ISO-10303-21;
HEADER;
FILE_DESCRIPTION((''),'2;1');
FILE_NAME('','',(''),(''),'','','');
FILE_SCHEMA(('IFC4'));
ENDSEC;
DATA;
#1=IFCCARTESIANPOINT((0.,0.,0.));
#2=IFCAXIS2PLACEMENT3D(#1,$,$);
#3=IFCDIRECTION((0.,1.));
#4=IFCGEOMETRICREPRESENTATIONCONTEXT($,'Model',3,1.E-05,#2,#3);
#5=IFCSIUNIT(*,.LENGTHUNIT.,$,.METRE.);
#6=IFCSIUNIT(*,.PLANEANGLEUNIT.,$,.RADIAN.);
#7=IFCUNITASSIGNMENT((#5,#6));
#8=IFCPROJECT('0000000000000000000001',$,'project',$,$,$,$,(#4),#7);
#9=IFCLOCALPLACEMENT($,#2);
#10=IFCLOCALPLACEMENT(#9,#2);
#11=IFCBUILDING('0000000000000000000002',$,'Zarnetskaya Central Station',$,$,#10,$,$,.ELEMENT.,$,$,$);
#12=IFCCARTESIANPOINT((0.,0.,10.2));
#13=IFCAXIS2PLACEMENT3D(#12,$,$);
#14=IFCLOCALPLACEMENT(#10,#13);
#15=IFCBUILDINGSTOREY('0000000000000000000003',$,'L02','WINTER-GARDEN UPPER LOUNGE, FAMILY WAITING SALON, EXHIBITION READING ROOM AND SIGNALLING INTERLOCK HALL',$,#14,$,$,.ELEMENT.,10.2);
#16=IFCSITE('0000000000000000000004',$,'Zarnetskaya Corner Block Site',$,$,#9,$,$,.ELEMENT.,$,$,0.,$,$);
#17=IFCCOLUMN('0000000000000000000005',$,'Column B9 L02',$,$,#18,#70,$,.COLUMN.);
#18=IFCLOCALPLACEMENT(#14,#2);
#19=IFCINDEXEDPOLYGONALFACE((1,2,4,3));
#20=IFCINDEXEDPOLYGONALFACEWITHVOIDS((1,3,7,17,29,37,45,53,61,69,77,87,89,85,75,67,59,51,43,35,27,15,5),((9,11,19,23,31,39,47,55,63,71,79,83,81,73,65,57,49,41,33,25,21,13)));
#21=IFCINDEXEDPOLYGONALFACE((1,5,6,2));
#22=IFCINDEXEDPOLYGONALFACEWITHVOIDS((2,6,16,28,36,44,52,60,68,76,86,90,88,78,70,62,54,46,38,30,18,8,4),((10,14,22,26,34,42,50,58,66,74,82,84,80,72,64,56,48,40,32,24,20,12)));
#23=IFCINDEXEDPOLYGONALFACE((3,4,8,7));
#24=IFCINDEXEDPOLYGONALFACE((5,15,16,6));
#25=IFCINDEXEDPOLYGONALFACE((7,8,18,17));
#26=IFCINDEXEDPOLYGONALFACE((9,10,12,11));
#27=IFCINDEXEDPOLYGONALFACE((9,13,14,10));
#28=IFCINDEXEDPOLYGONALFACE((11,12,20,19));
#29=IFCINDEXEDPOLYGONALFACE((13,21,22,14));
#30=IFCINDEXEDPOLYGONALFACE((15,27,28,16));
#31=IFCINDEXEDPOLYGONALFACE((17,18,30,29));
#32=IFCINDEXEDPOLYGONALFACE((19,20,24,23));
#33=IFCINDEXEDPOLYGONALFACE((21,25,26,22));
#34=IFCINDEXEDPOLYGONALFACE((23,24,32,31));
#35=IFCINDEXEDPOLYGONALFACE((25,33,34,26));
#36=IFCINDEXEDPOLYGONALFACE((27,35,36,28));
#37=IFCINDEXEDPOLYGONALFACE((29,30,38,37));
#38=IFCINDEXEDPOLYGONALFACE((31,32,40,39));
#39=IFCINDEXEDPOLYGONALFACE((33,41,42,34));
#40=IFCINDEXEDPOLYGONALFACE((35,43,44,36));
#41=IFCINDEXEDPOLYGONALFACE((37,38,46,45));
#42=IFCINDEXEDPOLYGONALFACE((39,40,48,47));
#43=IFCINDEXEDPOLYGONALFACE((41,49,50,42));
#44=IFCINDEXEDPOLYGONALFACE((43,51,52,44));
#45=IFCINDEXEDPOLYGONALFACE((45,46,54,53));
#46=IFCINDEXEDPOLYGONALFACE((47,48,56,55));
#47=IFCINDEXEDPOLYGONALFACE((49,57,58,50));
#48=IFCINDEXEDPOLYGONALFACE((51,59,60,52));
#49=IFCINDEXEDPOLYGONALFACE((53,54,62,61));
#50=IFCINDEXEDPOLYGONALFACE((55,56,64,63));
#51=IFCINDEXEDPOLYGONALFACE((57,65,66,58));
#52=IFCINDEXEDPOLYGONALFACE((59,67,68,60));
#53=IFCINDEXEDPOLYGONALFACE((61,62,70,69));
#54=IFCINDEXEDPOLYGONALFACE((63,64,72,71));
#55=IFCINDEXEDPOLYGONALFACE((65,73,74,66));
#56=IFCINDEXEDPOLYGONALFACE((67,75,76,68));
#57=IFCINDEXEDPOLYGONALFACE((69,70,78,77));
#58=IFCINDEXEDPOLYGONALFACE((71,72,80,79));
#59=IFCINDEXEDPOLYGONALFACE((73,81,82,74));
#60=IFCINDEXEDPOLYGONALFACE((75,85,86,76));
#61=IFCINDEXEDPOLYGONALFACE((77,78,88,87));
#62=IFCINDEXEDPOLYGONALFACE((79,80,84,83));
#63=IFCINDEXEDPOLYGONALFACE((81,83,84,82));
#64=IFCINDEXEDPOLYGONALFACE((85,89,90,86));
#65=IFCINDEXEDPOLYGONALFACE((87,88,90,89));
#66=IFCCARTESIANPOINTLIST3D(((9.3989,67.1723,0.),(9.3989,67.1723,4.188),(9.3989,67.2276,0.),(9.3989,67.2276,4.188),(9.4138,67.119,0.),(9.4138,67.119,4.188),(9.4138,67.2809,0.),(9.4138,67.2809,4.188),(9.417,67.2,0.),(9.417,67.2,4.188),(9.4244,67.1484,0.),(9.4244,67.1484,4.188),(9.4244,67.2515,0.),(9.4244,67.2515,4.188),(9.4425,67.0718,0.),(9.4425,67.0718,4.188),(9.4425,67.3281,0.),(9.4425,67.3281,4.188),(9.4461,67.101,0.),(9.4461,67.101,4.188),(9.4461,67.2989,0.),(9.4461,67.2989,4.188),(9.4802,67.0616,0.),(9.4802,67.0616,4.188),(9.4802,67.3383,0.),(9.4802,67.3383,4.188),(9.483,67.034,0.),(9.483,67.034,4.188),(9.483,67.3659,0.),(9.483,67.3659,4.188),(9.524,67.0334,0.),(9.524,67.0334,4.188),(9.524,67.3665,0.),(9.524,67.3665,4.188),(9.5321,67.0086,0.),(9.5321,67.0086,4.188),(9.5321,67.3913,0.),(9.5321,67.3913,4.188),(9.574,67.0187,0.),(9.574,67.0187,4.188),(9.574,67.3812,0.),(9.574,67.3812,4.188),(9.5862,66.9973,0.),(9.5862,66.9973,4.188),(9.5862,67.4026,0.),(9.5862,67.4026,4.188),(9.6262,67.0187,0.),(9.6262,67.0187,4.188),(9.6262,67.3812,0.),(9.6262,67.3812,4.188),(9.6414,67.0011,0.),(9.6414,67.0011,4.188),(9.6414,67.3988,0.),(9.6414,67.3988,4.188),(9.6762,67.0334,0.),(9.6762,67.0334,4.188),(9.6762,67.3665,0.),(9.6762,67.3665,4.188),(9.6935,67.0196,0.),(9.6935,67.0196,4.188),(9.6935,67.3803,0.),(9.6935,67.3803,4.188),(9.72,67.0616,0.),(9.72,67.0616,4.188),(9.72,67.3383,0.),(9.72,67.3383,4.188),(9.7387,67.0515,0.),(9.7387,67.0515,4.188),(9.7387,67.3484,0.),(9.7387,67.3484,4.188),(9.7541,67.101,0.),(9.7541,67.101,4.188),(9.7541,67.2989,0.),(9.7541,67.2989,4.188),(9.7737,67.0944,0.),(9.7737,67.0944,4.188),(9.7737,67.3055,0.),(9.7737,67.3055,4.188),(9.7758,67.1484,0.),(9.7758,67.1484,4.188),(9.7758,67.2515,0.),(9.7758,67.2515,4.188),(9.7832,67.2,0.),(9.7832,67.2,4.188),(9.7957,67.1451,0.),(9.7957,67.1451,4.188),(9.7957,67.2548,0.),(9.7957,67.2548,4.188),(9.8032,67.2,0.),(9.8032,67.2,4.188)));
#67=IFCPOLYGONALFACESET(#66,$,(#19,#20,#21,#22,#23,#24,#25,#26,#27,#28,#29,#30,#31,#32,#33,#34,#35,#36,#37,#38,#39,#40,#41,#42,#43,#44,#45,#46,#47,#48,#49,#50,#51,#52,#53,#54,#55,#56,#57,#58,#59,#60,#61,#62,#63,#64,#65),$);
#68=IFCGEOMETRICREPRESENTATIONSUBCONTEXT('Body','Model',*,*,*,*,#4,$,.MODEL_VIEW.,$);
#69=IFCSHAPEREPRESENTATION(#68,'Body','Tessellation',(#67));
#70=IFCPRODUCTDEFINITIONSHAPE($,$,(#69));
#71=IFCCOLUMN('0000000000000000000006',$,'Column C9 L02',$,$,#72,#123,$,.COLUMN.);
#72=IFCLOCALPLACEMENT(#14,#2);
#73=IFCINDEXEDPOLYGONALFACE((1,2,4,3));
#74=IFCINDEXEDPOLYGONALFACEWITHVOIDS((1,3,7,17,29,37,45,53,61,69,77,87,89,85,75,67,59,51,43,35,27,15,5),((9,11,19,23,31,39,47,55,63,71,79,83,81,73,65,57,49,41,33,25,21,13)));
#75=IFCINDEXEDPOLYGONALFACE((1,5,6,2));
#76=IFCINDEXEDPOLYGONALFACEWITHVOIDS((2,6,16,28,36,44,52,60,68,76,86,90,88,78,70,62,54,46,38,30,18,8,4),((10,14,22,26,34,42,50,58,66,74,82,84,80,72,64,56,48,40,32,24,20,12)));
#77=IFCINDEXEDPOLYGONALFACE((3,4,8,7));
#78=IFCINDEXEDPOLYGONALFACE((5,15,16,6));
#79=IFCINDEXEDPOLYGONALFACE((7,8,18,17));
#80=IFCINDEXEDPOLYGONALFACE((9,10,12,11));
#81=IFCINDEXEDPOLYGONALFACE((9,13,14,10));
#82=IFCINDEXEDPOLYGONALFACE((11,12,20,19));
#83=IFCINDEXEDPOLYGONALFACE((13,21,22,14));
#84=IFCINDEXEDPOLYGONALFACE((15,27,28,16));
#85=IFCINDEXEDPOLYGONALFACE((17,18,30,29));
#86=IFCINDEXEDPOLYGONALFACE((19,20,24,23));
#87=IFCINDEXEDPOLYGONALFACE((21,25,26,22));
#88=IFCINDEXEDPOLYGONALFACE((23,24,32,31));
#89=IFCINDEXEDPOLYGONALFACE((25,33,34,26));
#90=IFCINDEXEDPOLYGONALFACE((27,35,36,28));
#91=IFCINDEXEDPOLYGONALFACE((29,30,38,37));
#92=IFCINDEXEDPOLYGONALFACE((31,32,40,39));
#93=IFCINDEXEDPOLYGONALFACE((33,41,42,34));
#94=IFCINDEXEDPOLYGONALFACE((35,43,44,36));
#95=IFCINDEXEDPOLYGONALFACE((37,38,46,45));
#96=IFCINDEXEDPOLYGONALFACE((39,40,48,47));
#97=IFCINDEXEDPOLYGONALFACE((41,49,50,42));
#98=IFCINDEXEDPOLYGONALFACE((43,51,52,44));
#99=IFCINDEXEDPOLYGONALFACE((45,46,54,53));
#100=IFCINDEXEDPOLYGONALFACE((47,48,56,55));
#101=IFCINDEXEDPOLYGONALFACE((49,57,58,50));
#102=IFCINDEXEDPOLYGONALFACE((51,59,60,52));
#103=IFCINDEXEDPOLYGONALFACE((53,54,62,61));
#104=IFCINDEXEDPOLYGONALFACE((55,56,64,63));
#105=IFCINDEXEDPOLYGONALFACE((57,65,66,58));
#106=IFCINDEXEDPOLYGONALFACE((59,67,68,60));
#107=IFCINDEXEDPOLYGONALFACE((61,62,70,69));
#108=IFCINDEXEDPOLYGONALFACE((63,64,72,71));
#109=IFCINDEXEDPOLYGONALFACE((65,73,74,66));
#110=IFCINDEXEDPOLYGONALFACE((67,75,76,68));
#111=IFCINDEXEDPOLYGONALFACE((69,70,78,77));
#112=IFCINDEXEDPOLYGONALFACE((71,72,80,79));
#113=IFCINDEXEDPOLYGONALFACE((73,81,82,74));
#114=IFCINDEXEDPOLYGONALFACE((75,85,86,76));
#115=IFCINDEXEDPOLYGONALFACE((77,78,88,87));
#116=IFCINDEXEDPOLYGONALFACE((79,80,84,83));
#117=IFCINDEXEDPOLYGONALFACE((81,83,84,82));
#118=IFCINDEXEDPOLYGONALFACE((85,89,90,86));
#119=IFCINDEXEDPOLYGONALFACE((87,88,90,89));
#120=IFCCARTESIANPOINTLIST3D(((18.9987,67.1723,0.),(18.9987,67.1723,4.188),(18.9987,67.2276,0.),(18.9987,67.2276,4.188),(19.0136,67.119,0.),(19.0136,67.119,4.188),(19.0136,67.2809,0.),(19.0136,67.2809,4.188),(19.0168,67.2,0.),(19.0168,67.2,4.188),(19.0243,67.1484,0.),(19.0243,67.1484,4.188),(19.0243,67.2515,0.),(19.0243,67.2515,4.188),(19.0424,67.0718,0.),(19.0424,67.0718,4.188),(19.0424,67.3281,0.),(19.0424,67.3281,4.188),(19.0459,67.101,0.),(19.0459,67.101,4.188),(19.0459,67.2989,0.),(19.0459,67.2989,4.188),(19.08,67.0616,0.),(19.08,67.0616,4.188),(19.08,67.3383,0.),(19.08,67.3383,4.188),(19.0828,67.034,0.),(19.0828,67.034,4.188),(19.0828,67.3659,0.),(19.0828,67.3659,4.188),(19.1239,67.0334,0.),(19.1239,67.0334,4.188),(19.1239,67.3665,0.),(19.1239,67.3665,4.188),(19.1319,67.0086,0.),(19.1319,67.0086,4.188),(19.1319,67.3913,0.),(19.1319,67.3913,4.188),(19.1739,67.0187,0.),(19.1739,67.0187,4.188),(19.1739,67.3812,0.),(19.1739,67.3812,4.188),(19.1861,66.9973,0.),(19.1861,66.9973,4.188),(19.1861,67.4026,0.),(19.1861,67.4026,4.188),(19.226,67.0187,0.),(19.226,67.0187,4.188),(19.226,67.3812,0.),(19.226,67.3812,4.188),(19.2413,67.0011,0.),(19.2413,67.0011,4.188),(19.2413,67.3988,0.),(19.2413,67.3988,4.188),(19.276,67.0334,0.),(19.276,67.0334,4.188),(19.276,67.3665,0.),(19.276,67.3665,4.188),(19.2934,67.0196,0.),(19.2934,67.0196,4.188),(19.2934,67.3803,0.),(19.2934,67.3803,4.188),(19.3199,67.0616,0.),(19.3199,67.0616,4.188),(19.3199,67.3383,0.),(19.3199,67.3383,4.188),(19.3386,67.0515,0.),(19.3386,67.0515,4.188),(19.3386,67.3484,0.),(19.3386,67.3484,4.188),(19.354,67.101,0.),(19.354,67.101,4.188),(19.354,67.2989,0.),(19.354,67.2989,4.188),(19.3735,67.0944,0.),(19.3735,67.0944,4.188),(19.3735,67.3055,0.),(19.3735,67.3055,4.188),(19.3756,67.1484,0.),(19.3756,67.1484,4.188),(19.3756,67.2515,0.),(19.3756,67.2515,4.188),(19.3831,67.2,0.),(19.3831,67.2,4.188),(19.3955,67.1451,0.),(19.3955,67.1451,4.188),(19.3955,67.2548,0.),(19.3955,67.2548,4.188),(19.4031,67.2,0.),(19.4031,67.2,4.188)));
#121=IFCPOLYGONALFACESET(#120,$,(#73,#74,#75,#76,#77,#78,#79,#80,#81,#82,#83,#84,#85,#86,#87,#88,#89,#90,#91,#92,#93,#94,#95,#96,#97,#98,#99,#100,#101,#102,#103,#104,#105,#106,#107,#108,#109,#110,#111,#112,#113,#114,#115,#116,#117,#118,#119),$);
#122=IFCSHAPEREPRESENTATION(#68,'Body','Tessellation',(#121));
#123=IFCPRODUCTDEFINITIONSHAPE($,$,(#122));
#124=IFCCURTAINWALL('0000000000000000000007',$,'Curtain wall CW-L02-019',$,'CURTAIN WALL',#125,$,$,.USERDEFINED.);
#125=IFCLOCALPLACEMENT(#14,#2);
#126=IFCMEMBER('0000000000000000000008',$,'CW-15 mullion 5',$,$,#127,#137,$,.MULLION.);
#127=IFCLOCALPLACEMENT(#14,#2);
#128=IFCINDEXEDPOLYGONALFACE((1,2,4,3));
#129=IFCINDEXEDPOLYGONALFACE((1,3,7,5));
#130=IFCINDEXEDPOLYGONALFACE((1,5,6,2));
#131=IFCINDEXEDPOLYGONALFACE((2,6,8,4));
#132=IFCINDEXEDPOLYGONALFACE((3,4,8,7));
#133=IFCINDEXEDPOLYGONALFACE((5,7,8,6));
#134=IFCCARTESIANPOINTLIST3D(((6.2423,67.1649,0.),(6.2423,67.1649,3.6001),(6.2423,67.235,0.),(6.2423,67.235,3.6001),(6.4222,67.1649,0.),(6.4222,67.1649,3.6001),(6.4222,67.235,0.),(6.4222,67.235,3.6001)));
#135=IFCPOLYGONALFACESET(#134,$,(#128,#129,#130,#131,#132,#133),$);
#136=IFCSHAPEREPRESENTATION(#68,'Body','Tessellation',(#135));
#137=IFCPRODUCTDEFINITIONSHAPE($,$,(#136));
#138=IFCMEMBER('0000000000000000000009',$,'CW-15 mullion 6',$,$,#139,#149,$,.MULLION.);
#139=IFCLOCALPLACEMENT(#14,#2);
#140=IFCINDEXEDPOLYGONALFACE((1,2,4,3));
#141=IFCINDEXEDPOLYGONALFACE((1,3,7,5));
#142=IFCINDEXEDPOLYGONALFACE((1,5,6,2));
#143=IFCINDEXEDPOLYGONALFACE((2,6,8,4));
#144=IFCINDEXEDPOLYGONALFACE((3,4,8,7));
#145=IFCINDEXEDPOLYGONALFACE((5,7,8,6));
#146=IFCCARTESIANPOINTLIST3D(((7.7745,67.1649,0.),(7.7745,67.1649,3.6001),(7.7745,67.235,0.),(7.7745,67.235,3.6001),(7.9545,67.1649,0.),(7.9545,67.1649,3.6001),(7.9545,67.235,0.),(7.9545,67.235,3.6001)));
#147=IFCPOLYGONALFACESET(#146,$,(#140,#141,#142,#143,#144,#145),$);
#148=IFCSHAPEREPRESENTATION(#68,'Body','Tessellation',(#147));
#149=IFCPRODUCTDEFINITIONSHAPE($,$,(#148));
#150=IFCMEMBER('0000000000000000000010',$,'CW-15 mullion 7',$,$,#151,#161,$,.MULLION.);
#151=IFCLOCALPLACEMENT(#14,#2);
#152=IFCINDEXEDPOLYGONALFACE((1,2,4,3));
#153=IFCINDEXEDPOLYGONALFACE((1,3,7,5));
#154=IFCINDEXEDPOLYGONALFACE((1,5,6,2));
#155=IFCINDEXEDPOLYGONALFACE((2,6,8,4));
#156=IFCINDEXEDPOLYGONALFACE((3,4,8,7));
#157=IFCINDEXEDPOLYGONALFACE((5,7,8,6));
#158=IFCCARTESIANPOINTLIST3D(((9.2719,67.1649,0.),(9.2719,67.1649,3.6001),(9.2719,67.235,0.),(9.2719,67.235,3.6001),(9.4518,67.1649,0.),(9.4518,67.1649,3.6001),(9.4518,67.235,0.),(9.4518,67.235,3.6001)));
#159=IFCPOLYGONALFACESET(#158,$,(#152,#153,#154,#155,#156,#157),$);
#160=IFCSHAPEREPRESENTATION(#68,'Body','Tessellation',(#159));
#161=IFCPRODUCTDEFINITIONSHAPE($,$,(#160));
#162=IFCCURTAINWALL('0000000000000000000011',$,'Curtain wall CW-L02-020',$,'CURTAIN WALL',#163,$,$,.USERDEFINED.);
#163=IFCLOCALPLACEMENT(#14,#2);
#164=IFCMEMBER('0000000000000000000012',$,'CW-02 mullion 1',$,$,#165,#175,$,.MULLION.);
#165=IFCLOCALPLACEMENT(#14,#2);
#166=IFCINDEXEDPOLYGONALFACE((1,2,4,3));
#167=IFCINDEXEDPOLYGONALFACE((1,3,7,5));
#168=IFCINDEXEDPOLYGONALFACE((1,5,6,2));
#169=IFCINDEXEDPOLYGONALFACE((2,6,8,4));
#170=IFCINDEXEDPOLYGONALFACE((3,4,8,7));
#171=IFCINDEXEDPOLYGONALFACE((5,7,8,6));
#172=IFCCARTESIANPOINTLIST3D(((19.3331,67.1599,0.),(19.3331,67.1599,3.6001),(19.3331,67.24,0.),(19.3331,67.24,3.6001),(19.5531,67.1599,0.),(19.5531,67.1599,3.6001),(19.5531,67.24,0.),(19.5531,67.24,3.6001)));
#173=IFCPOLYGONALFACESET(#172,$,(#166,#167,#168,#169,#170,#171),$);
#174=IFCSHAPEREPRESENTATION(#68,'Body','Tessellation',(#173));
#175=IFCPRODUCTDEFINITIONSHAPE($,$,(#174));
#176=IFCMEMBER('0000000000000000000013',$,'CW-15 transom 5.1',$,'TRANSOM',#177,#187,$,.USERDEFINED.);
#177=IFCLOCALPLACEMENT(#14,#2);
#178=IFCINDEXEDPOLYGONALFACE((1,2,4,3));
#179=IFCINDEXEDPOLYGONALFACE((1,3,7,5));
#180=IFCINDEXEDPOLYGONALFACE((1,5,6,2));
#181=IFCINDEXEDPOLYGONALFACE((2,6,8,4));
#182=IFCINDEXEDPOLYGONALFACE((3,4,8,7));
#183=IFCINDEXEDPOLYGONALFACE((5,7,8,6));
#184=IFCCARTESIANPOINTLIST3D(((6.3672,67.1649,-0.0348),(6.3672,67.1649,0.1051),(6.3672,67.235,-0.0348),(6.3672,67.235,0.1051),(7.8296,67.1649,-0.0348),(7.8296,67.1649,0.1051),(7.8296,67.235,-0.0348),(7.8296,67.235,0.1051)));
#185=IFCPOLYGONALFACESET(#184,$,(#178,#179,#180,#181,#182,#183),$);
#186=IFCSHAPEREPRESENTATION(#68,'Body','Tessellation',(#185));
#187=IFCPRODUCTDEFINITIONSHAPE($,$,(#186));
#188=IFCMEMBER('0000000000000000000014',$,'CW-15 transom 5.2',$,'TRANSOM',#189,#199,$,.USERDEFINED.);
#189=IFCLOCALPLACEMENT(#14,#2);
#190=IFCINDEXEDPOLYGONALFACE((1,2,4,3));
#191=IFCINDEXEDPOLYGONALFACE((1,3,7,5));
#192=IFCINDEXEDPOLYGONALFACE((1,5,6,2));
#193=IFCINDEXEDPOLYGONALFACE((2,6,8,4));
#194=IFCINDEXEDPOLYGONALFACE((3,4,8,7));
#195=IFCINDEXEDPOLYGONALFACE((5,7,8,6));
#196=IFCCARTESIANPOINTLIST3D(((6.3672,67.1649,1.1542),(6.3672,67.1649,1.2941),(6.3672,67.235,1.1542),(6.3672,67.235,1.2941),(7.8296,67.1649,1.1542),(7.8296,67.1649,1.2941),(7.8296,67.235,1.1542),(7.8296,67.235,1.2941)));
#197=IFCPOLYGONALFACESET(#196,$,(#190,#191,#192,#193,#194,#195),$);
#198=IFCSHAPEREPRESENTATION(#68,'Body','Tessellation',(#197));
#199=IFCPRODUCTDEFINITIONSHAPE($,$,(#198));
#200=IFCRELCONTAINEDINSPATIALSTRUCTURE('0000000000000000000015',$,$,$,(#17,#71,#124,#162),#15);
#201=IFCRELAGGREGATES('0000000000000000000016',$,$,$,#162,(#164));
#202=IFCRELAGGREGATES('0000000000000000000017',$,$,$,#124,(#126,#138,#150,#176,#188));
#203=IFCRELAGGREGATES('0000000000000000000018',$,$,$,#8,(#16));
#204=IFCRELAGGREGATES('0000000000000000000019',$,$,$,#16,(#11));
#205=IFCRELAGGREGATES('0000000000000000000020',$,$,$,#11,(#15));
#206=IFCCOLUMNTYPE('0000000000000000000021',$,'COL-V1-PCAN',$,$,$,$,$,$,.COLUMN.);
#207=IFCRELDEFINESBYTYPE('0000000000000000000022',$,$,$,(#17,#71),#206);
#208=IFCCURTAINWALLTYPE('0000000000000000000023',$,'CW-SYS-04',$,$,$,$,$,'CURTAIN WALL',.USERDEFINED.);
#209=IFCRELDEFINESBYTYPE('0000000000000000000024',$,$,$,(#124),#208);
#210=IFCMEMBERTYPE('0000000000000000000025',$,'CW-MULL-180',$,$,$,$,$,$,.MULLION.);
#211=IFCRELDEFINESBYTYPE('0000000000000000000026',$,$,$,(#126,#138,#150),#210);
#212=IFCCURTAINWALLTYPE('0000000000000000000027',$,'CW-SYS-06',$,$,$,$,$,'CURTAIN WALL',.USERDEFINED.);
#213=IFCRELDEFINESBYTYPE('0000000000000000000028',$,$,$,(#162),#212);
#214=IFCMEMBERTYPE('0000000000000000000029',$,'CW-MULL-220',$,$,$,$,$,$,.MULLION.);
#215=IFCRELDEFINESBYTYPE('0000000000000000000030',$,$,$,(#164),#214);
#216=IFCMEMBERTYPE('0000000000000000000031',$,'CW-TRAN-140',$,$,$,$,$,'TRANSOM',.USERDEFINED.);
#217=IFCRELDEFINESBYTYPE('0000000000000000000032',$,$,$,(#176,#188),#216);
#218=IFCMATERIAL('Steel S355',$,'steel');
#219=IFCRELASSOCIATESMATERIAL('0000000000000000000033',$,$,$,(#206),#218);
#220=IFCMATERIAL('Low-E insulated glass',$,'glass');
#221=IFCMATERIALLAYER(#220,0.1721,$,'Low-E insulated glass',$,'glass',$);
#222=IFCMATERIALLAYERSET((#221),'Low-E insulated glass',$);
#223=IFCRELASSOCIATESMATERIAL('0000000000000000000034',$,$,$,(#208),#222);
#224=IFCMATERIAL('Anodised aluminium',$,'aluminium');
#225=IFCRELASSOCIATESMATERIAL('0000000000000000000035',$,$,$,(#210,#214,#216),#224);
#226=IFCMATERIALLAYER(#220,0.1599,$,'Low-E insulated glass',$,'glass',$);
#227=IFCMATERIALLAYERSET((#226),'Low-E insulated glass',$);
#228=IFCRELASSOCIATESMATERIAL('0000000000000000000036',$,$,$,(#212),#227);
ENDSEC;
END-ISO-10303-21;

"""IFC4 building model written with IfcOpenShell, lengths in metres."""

from ifc_helpers import new_model, si_unit, direction, frame, origin, origin_2d, place, context, subcontext, project, spatial, rectangle, hollow_circle, extrude, material, layer, layer_set, material_profile, profile_set, type_object, element, aggregate, save


model = new_model("IFC4")

# Units and contexts
model_context = context("Model", 3, precision=1e-05, world=origin(), true_north=direction((0.0, 1.0)))
body_context = subcontext(model_context, "Body", "Model", "MODEL_VIEW")
ifc_project = project(units=[si_unit("LENGTHUNIT", "METRE"), si_unit("PLANEANGLEUNIT", "RADIAN")], contexts=[model_context])

# Site, building, storey
site_placement = place(None, origin())
site = spatial("IfcSite", under=ifc_project, at=site_placement, Name="Zarnetskaya Corner Block Site", CompositionType="ELEMENT", RefElevation=0.0)
building_placement = place(site_placement, origin())
building = spatial("IfcBuilding", under=site, at=building_placement, Name="Zarnetskaya Central Station", CompositionType="ELEMENT")
storey_placement = place(building_placement, frame((0.0, 0.0, 10.2)))
storey = spatial("IfcBuildingStorey", under=building, at=storey_placement, Name="L02", Description="WINTER-GARDEN UPPER LOUNGE, FAMILY WAITING SALON, EXHIBITION READING ROOM AND SIGNALLING INTERLOCK HALL", CompositionType="ELEMENT", Elevation=10.2)

# Columns
ifc_material_1 = material(Name="Steel S355", Category="steel")
ifc_material_profile_1 = material_profile(ifc_material_1, hollow_circle(Radius=0.2031, WallThickness=0.02, at=origin_2d()), Name="CHS 406.4x20")
ifc_profile_set_1 = profile_set([ifc_material_profile_1], Name="Steel S355")
column_type = type_object("IfcColumnType", Name="COL-V1-PCAN", PredefinedType="COLUMN", material=ifc_profile_set_1)
for number, where, z_axis, x_axis, name in (
    (1, (9.6001, 67.2, 0.0), (0.0, 0.0, 1.0), (1.0, 0.0, 0.0), "Column B9 L02"),
    (2, (19.2, 67.2, 0.0), (0.0, 0.0, 1.0), (1.0, 0.0, 0.0), "Column C9 L02"),
):
    element("IfcColumn", number, at=place(storey_placement, frame(where, z_axis=z_axis, x_axis=x_axis)), inside=storey, type_object=column_type, Name=name, PredefinedType="COLUMN", context=body_context, shape_type="SweptSolid", body=[
        extrude(hollow_circle(Radius=0.2031, WallThickness=0.02, at=origin_2d()), origin(), (0.0, 0.0, 1.0), 4.188),
    ])

# Curtain wall, members
ifc_material_2 = material(Name="Low-E insulated glass", Category="glass")
ifc_layer_1 = layer(ifc_material_2, 0.1721, Name="Low-E insulated glass", Category="glass")
ifc_layer_set_1 = layer_set([ifc_layer_1], Name="Low-E insulated glass")
curtain_wall_type_1 = type_object("IfcCurtainWallType", Name="CW-SYS-04", ElementType="CURTAIN WALL", PredefinedType="USERDEFINED", material=ifc_layer_set_1)
curtain_wall_1_placement = place(storey_placement, origin())
curtain_wall_1 = element("IfcCurtainWall", 3, at=curtain_wall_1_placement, inside=storey, type_object=curtain_wall_type_1, Name="Curtain wall CW-L02-019", ObjectType="CURTAIN WALL", PredefinedType="USERDEFINED")
ifc_material_3 = material(Name="Anodised aluminium", Category="aluminium")
ifc_material_profile_2 = material_profile(ifc_material_3, rectangle(XDim=0.0701, YDim=0.1799, at=origin_2d()), Name="ALU MULL 70x180")
ifc_profile_set_2 = profile_set([ifc_material_profile_2], Name="Anodised aluminium")
member_type_1 = type_object("IfcMemberType", Name="CW-MULL-180", PredefinedType="MULLION", material=ifc_profile_set_2)
member_1_placement = place(storey_placement, frame((6.3323, 67.2, 0.0), z_axis=(0.0, 0.0, 1.0), x_axis=(0.0, 1.0, 0.0)))
member_1 = element("IfcMember", 4, at=member_1_placement, type_object=member_type_1, Name="CW-15 mullion 5", PredefinedType="MULLION", context=body_context, shape_type="SweptSolid", body=[
    extrude(rectangle(XDim=0.0701, YDim=0.1799, at=origin_2d()), origin(), (0.0, 0.0, 1.0), 3.6001),
])
member_2_placement = place(storey_placement, frame((7.8645, 67.2, 0.0), z_axis=(0.0, 0.0, 1.0), x_axis=(0.0, 1.0, 0.0)))
member_2 = element("IfcMember", 5, at=member_2_placement, type_object=member_type_1, Name="CW-15 mullion 6", PredefinedType="MULLION", context=body_context, shape_type="SweptSolid", body=[
    extrude(rectangle(XDim=0.0701, YDim=0.1799, at=origin_2d()), origin(), (0.0, 0.0, 1.0), 3.6001),
])
member_3_placement = place(storey_placement, frame((9.3618, 67.2, 0.0), z_axis=(0.0, 0.0, 1.0), x_axis=(0.0, 1.0, 0.0)))
member_3 = element("IfcMember", 6, at=member_3_placement, type_object=member_type_1, Name="CW-15 mullion 7", PredefinedType="MULLION", context=body_context, shape_type="SweptSolid", body=[
    extrude(rectangle(XDim=0.0701, YDim=0.1799, at=origin_2d()), origin(), (0.0, 0.0, 1.0), 3.6001),
])

# Curtain wall, member
ifc_layer_2 = layer(ifc_material_2, 0.1599, Name="Low-E insulated glass", Category="glass")
ifc_layer_set_2 = layer_set([ifc_layer_2], Name="Low-E insulated glass")
curtain_wall_type_2 = type_object("IfcCurtainWallType", Name="CW-SYS-06", ElementType="CURTAIN WALL", PredefinedType="USERDEFINED", material=ifc_layer_set_2)
curtain_wall_2_placement = place(storey_placement, origin())
curtain_wall_2 = element("IfcCurtainWall", 7, at=curtain_wall_2_placement, inside=storey, type_object=curtain_wall_type_2, Name="Curtain wall CW-L02-020", ObjectType="CURTAIN WALL", PredefinedType="USERDEFINED")
ifc_material_profile_3 = material_profile(ifc_material_3, rectangle(XDim=0.0801, YDim=0.22, at=origin_2d()), Name="ALU MULL 80x220")
ifc_profile_set_3 = profile_set([ifc_material_profile_3], Name="Anodised aluminium")
member_type_2 = type_object("IfcMemberType", Name="CW-MULL-220", PredefinedType="MULLION", material=ifc_profile_set_3)
member_4_placement = place(storey_placement, frame((19.4431, 67.2, 0.0), z_axis=(0.0, 0.0, 1.0), x_axis=(0.0, 1.0, 0.0)))
member_4 = element("IfcMember", 8, at=member_4_placement, type_object=member_type_2, Name="CW-02 mullion 1", PredefinedType="MULLION", context=body_context, shape_type="SweptSolid", body=[
    extrude(rectangle(XDim=0.0801, YDim=0.22, at=origin_2d()), origin(), (0.0, 0.0, 1.0), 3.6001),
])
aggregate(curtain_wall_2, [member_4])

# Members
ifc_material_profile_4 = material_profile(ifc_material_3, rectangle(XDim=0.0701, YDim=0.1399, at=origin_2d()), Name="ALU TRAN 70x140")
ifc_profile_set_4 = profile_set([ifc_material_profile_4], Name="Anodised aluminium")
member_type_3 = type_object("IfcMemberType", Name="CW-TRAN-140", ElementType="TRANSOM", PredefinedType="USERDEFINED", material=ifc_profile_set_4)
member_5_placement = place(storey_placement, frame((6.3672, 67.2, 0.0352), z_axis=(1.0, 0.0, 0.0), x_axis=(0.0, 1.0, 0.0)))
member_5 = element("IfcMember", 9, at=member_5_placement, type_object=member_type_3, Name="CW-15 transom 5.1", ObjectType="TRANSOM", PredefinedType="USERDEFINED", context=body_context, shape_type="SweptSolid", body=[
    extrude(rectangle(XDim=0.0701, YDim=0.1399, at=origin_2d()), origin(), (0.0, 0.0, 1.0), 1.4624),
])
member_6_placement = place(storey_placement, frame((6.3672, 67.2, 1.2241), z_axis=(1.0, 0.0, 0.0), x_axis=(0.0, 1.0, 0.0)))
member_6 = element("IfcMember", 10, at=member_6_placement, type_object=member_type_3, Name="CW-15 transom 5.2", ObjectType="TRANSOM", PredefinedType="USERDEFINED", context=body_context, shape_type="SweptSolid", body=[
    extrude(rectangle(XDim=0.0701, YDim=0.1399, at=origin_2d()), origin(), (0.0, 0.0, 1.0), 1.4624),
])

aggregate(curtain_wall_1, [member_1, member_2, member_3, member_5, member_6])

save(model, "model.ifc")
